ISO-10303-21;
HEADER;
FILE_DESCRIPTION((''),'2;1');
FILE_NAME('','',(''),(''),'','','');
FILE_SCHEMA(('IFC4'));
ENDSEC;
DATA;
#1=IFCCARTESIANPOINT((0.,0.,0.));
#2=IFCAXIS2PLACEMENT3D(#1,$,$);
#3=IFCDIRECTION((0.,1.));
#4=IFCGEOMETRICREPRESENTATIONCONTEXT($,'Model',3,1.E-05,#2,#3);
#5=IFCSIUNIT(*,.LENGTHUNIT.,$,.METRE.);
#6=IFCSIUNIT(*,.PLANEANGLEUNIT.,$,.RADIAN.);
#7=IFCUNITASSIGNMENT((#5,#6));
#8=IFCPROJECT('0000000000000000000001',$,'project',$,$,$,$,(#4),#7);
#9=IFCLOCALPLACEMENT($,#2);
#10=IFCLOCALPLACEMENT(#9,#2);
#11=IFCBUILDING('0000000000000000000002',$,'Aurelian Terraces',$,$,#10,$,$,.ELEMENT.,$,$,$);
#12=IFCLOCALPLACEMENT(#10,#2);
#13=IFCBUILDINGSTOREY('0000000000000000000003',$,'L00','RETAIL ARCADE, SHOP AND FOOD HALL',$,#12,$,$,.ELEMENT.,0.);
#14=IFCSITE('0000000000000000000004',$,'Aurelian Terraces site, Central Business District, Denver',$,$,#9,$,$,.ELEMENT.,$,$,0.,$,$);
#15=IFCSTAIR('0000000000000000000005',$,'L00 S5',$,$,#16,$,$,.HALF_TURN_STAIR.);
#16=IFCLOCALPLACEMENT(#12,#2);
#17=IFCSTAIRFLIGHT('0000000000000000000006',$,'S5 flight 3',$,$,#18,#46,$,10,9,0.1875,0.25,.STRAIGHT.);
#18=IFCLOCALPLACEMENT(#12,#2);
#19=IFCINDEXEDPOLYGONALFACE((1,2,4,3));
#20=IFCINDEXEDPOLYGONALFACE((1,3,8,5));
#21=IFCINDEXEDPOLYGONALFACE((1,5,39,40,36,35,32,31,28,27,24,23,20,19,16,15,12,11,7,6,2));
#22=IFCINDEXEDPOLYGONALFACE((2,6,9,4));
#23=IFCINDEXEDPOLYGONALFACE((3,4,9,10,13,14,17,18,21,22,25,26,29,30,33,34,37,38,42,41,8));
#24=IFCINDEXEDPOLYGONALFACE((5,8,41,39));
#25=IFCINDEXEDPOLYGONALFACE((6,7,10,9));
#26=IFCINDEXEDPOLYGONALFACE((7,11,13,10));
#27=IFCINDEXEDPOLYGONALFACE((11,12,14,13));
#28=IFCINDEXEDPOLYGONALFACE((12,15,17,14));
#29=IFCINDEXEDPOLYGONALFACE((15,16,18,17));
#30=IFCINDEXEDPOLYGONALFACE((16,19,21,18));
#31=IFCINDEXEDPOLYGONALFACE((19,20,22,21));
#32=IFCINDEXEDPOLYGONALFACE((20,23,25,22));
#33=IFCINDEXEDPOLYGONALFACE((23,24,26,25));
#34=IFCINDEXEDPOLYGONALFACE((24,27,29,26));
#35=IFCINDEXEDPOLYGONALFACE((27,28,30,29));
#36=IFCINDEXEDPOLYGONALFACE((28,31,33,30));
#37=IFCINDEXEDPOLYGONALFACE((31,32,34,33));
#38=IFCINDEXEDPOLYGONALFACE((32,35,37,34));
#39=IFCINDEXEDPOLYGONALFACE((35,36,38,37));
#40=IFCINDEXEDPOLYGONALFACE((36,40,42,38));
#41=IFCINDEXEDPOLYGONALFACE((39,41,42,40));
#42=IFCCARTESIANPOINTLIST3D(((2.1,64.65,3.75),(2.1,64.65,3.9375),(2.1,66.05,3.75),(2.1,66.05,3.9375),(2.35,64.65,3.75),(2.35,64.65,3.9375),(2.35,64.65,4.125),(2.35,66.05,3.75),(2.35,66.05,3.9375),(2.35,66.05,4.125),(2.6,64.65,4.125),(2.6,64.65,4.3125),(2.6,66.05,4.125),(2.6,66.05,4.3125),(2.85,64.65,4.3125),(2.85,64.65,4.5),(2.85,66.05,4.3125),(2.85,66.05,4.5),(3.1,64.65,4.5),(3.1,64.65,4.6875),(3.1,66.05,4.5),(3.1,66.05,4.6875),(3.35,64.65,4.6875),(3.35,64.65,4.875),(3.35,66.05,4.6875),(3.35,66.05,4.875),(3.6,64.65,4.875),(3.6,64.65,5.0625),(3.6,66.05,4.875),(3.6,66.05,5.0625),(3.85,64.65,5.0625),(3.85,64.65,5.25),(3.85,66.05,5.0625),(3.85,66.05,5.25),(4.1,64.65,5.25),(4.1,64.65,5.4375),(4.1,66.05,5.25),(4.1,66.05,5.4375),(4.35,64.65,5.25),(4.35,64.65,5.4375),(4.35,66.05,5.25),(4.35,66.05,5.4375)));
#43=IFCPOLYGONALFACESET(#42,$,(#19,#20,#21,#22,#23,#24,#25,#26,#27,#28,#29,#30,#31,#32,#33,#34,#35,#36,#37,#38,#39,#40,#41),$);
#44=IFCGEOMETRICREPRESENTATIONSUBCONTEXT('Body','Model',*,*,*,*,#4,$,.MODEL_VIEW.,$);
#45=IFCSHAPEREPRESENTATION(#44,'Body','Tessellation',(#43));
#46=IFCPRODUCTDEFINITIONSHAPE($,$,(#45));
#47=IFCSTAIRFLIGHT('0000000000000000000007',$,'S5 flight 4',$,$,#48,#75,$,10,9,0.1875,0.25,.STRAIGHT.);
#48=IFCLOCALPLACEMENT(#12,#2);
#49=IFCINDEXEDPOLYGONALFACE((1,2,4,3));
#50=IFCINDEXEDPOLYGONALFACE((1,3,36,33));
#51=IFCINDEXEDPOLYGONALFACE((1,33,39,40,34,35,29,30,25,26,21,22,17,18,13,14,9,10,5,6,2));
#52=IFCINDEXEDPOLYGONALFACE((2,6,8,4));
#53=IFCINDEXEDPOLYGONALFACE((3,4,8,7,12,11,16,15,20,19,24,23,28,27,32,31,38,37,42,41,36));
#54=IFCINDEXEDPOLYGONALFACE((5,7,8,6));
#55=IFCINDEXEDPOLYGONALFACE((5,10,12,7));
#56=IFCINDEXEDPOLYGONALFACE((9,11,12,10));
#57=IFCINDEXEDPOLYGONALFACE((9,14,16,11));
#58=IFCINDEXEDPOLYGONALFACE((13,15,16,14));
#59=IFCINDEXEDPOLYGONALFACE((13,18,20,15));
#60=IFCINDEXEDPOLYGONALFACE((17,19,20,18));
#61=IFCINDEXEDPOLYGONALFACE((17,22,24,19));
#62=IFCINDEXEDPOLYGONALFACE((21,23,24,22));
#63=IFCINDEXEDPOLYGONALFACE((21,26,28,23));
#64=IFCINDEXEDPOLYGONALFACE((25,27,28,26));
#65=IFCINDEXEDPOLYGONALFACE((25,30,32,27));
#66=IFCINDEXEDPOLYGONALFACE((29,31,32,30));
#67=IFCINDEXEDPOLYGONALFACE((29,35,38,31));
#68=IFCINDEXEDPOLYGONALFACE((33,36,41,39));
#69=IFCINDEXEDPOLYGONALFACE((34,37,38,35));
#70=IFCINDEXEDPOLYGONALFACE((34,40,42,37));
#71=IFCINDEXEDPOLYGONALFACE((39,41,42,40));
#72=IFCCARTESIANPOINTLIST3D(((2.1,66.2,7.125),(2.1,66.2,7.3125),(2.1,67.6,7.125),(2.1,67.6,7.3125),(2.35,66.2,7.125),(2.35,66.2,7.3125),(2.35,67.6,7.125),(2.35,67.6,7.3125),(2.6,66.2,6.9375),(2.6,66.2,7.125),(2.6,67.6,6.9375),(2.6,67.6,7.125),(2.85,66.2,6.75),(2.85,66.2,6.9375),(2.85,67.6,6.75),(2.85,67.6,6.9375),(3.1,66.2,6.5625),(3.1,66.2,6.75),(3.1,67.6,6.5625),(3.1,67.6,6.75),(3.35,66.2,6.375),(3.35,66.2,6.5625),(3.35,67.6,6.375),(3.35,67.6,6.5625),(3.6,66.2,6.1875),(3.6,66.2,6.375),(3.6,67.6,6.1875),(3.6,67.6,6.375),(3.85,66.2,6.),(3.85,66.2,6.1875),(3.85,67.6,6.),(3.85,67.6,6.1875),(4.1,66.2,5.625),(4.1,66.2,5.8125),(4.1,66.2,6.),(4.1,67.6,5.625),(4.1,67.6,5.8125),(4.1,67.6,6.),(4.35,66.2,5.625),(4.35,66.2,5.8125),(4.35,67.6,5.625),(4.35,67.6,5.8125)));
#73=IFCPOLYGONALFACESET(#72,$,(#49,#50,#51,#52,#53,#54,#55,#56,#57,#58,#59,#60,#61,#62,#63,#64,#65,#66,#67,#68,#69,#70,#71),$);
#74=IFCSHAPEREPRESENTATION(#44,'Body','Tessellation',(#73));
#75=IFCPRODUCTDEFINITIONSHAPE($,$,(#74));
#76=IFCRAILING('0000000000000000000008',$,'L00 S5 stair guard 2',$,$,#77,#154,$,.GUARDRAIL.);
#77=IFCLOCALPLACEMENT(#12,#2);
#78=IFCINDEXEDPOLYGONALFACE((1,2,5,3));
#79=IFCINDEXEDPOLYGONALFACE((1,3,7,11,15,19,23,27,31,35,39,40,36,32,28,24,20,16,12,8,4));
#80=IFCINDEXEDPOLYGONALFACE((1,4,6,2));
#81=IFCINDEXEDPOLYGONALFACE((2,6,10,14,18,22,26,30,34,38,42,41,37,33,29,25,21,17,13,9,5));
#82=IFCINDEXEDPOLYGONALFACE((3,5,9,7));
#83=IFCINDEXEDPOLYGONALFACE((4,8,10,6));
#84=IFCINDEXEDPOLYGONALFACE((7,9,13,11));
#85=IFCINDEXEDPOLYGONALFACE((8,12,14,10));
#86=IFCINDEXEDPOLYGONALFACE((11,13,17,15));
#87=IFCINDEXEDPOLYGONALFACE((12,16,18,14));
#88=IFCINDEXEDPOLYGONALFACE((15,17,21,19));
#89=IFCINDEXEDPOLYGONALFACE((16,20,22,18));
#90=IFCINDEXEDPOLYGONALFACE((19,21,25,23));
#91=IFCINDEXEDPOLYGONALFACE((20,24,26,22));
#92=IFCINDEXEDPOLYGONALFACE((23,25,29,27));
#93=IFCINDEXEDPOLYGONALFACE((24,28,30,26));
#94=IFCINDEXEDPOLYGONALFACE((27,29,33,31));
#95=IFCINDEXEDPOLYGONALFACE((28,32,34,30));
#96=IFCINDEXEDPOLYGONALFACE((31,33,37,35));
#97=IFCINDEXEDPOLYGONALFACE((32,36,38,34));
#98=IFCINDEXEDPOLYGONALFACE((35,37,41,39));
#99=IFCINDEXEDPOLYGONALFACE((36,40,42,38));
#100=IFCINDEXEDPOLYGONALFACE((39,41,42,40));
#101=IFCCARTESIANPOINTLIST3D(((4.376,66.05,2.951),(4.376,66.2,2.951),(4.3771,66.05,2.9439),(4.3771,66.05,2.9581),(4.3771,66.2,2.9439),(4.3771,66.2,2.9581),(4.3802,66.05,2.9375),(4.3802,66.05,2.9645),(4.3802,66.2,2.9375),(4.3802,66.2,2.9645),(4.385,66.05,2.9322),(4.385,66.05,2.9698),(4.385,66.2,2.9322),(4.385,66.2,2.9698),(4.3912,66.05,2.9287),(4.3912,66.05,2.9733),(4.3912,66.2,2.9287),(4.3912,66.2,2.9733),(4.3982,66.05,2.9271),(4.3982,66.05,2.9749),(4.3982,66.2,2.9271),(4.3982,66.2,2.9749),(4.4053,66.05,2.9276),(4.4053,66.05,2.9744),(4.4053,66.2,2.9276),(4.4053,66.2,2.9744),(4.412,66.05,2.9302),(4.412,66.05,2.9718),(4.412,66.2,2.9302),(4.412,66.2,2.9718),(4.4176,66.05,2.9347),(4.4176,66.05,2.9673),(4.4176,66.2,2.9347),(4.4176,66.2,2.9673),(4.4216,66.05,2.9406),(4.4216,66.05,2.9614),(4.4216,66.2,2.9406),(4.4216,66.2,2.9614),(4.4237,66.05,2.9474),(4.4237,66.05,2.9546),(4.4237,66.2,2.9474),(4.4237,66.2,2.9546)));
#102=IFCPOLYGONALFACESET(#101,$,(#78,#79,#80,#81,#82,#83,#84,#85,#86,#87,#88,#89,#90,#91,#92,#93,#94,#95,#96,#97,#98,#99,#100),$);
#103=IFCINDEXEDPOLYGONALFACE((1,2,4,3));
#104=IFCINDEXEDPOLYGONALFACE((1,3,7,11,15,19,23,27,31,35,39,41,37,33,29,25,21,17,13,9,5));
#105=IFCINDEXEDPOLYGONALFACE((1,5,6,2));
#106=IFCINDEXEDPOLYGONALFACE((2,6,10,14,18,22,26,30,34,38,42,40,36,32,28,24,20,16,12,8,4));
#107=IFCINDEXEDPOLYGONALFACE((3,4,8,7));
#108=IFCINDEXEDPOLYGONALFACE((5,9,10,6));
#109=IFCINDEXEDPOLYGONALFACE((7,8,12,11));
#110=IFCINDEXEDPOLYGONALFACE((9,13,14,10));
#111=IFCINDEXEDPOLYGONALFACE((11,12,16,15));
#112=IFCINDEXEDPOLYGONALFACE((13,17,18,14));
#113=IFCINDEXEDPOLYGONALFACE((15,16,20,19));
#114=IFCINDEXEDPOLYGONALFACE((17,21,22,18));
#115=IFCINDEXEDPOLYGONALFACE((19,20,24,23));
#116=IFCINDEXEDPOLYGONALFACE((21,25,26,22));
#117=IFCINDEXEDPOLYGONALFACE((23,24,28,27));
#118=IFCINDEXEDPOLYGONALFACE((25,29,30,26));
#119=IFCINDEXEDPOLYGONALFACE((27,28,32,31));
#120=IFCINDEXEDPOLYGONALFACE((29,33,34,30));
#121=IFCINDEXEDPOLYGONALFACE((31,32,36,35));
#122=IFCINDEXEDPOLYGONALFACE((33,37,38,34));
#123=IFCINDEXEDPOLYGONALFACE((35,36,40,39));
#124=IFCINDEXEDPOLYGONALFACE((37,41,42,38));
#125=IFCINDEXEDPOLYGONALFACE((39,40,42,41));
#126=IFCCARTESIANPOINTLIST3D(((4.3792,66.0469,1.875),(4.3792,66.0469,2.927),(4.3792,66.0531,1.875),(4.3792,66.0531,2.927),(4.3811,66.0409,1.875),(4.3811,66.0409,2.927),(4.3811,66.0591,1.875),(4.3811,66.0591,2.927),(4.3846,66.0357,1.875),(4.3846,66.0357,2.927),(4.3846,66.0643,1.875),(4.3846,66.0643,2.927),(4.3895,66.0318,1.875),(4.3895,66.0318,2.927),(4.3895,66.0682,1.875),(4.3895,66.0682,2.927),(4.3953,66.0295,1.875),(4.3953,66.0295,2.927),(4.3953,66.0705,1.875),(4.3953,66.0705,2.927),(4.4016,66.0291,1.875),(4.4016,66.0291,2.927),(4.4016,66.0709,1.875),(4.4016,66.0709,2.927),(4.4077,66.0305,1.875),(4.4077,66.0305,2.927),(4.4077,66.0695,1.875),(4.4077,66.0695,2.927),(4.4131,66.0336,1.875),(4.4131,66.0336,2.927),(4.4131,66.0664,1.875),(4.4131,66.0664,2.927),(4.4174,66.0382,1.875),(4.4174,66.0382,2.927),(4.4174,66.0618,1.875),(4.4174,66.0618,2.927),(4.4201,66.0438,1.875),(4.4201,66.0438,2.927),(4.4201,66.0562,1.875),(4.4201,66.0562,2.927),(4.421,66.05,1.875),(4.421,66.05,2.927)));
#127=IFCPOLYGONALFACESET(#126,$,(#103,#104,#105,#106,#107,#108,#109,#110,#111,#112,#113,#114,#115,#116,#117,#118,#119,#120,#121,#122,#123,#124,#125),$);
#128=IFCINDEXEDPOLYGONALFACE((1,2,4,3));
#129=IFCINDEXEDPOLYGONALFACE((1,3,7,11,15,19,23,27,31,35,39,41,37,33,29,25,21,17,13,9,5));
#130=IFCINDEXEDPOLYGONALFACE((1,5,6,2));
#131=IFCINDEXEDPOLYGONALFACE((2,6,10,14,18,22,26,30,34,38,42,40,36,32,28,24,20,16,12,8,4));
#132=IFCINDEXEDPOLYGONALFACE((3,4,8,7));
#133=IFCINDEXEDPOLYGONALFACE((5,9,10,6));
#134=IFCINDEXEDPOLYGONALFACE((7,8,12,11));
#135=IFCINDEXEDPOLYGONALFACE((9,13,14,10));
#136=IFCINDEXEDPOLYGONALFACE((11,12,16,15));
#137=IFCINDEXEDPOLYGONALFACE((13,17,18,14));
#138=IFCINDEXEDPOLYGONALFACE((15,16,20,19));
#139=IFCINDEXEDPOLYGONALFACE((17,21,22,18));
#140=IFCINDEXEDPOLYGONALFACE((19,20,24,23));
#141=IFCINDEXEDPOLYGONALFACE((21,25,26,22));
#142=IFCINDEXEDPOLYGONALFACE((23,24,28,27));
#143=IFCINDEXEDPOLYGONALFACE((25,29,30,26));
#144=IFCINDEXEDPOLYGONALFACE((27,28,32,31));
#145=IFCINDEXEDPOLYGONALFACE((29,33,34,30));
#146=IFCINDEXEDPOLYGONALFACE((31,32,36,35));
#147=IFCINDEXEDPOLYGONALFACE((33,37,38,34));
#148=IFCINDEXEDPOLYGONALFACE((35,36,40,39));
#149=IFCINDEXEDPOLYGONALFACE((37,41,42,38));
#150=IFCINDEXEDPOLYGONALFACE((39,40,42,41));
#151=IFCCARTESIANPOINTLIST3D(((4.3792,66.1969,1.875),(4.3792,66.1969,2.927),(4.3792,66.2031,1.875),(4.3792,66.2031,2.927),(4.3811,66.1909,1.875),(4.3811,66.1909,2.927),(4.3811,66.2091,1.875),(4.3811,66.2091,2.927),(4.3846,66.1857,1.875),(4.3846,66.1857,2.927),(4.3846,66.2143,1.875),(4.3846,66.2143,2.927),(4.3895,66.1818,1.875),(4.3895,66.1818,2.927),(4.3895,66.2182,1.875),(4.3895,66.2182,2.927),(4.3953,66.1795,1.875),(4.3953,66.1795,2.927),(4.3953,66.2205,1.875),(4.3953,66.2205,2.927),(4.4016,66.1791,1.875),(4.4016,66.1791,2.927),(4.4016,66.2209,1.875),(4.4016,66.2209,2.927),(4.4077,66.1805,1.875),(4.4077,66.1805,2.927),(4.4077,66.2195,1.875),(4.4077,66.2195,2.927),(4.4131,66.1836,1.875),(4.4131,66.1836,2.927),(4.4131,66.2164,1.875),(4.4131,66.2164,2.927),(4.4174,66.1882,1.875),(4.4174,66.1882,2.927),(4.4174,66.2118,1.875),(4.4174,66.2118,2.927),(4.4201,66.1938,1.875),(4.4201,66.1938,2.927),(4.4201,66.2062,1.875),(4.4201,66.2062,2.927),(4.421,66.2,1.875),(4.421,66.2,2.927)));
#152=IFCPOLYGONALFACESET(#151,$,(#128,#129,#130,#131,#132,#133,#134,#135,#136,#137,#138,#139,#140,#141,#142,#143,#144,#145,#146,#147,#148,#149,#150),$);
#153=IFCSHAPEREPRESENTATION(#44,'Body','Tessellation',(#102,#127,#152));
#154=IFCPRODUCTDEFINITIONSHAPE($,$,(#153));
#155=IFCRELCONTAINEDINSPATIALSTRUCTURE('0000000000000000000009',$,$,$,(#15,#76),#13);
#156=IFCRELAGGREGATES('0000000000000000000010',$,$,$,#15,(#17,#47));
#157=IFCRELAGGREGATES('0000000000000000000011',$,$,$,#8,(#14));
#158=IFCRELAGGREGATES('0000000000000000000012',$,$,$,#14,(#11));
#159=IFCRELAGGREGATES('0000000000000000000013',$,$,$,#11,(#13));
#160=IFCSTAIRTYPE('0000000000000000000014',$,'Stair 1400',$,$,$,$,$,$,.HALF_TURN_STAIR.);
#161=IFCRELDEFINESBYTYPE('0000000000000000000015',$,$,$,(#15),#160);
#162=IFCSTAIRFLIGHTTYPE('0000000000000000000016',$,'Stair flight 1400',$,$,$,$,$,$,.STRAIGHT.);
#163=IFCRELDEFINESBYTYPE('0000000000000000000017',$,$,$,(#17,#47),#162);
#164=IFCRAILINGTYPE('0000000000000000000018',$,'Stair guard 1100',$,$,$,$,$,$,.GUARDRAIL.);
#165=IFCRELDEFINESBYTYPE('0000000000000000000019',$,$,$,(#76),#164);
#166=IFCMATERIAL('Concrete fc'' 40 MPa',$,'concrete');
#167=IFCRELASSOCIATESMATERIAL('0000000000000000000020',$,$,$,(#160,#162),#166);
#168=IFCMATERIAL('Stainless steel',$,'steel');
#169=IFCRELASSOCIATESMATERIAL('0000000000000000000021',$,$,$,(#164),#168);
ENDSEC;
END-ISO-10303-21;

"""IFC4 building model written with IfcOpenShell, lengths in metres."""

from ifc_helpers import new_model, si_unit, direction, frame, origin, origin_2d, place, context, subcontext, project, spatial, polyline, circle, outline, extrude, source, transform, mapped, material, type_object, element, aggregate, save


model = new_model("IFC4")

# Units and contexts
model_context = context("Model", 3, precision=1e-05, world=origin(), true_north=direction((0.0, 1.0)))
body_context = subcontext(model_context, "Body", "Model", "MODEL_VIEW")
ifc_project = project(units=[si_unit("LENGTHUNIT", "METRE"), si_unit("PLANEANGLEUNIT", "RADIAN")], contexts=[model_context])

# Site, building, storey
site_placement = place(None, origin())
site = spatial("IfcSite", under=ifc_project, at=site_placement, Name="Aurelian Terraces site, Central Business District, Denver", CompositionType="ELEMENT", RefElevation=0.0)
building_placement = place(site_placement, origin())
building = spatial("IfcBuilding", under=site, at=building_placement, Name="Aurelian Terraces", CompositionType="ELEMENT")
storey_placement = place(building_placement, origin())
storey = spatial("IfcBuildingStorey", under=building, at=storey_placement, Name="L00", Description="RETAIL ARCADE, SHOP AND FOOD HALL", CompositionType="ELEMENT", Elevation=0.0)

# Shared definitions
ifc_material_1 = material(Name="Concrete fc' 40 MPa", Category="concrete")

# Stair, stair flights
stair_type = type_object("IfcStairType", Name="Stair 1400", PredefinedType="HALF_TURN_STAIR", material=ifc_material_1)
stair_placement = place(storey_placement, origin())
stair = element("IfcStair", 1, at=stair_placement, inside=storey, type_object=stair_type, Name="L00 S5", PredefinedType="HALF_TURN_STAIR")
stair_flight_type = type_object("IfcStairFlightType", Name="Stair flight 1400", PredefinedType="STRAIGHT", material=ifc_material_1)
shared_shape_1 = source(origin(), body_context, "Body", "SweptSolid", [
    extrude(outline(polyline([(0.0, 0.0), (0.0, 0.1875), (0.25, 0.1875), (0.25, 0.375), (0.5, 0.375), (0.5, 0.5625), (0.75, 0.5625), (0.75, 0.75), (1.0, 0.75), (1.0, 0.9375), (1.25, 0.9375), (1.25, 1.125), (1.5, 1.125), (1.5, 1.3125), (1.75, 1.3125), (1.75, 1.5), (2.0, 1.5), (2.0, 1.6875), (2.25, 1.6875), (2.25, 1.875), (2.25, 1.5), (0.25, 0.0), (0.0, 0.0)])), frame((0.0, 0.7, 0.0), z_axis=(0.0, -1.0, 0.0), x_axis=(1.0, 0.0, 0.0)), (0.0, 0.0, 1.0), 1.4),
])
stair_flight_1_placement = place(storey_placement, frame((2.1, 65.35, 3.75), z_axis=(0.0, 0.0, 1.0), x_axis=(1.0, 0.0, 0.0)))
stair_flight_1 = element("IfcStairFlight", 2, at=stair_flight_1_placement, type_object=stair_flight_type, Name="S5 flight 3", NumberOfRisers=10, NumberOfTreads=9, PredefinedType="STRAIGHT", RiserHeight=0.1875, TreadLength=0.25, context=body_context, shape_type="MappedRepresentation", body=[
    mapped(shared_shape_1, transform((0.0, 0.0, 0.0), scale=1.0)),
])
stair_flight_2_placement = place(storey_placement, frame((4.35, 66.9, 5.625), z_axis=(0.0, 0.0, 1.0), x_axis=(-1.0, 0.0, 0.0)))
stair_flight_2 = element("IfcStairFlight", 3, at=stair_flight_2_placement, type_object=stair_flight_type, Name="S5 flight 4", NumberOfRisers=10, NumberOfTreads=9, PredefinedType="STRAIGHT", RiserHeight=0.1875, TreadLength=0.25, context=body_context, shape_type="MappedRepresentation", body=[
    mapped(shared_shape_1, transform((0.0, 0.0, 0.0), scale=1.0)),
])
aggregate(stair, [stair_flight_1, stair_flight_2])

# Railing
ifc_material_2 = material(Name="Stainless steel", Category="steel")
railing_type_1 = type_object("IfcRailingType", Name="Stair guard 1100", PredefinedType="GUARDRAIL", material=ifc_material_2)
shared_shape_2 = source(origin(), body_context, "Body", "SweptSolid", [
    extrude(circle(Radius=0.024, at=origin_2d()), frame((0.0, 0.0, 1.076), z_axis=(0.0, 1.0, 0.0), x_axis=(-1.0, 0.0, 0.0)), (0.0, 0.0, 1.0), 0.15),
    extrude(circle(Radius=0.021, at=origin_2d()), origin(), (0.0, 0.0, 1.0), 1.052),
    extrude(circle(Radius=0.021, at=origin_2d()), frame((0.0, 0.15, 0.0)), (0.0, 0.0, 1.0), 1.052),
])
for number, where, name in (
    (4, (4.4, 66.05, 1.875), "L00 S5 stair guard 2"),
):
    element("IfcRailing", number, at=place(storey_placement, frame(where)), inside=storey, type_object=railing_type_1, Name=name, PredefinedType="GUARDRAIL", context=body_context, shape_type="MappedRepresentation", body=[
        mapped(shared_shape_2, transform((0.0, 0.0, 0.0), scale=1.0)),
    ])

save(model, "model.ifc")
